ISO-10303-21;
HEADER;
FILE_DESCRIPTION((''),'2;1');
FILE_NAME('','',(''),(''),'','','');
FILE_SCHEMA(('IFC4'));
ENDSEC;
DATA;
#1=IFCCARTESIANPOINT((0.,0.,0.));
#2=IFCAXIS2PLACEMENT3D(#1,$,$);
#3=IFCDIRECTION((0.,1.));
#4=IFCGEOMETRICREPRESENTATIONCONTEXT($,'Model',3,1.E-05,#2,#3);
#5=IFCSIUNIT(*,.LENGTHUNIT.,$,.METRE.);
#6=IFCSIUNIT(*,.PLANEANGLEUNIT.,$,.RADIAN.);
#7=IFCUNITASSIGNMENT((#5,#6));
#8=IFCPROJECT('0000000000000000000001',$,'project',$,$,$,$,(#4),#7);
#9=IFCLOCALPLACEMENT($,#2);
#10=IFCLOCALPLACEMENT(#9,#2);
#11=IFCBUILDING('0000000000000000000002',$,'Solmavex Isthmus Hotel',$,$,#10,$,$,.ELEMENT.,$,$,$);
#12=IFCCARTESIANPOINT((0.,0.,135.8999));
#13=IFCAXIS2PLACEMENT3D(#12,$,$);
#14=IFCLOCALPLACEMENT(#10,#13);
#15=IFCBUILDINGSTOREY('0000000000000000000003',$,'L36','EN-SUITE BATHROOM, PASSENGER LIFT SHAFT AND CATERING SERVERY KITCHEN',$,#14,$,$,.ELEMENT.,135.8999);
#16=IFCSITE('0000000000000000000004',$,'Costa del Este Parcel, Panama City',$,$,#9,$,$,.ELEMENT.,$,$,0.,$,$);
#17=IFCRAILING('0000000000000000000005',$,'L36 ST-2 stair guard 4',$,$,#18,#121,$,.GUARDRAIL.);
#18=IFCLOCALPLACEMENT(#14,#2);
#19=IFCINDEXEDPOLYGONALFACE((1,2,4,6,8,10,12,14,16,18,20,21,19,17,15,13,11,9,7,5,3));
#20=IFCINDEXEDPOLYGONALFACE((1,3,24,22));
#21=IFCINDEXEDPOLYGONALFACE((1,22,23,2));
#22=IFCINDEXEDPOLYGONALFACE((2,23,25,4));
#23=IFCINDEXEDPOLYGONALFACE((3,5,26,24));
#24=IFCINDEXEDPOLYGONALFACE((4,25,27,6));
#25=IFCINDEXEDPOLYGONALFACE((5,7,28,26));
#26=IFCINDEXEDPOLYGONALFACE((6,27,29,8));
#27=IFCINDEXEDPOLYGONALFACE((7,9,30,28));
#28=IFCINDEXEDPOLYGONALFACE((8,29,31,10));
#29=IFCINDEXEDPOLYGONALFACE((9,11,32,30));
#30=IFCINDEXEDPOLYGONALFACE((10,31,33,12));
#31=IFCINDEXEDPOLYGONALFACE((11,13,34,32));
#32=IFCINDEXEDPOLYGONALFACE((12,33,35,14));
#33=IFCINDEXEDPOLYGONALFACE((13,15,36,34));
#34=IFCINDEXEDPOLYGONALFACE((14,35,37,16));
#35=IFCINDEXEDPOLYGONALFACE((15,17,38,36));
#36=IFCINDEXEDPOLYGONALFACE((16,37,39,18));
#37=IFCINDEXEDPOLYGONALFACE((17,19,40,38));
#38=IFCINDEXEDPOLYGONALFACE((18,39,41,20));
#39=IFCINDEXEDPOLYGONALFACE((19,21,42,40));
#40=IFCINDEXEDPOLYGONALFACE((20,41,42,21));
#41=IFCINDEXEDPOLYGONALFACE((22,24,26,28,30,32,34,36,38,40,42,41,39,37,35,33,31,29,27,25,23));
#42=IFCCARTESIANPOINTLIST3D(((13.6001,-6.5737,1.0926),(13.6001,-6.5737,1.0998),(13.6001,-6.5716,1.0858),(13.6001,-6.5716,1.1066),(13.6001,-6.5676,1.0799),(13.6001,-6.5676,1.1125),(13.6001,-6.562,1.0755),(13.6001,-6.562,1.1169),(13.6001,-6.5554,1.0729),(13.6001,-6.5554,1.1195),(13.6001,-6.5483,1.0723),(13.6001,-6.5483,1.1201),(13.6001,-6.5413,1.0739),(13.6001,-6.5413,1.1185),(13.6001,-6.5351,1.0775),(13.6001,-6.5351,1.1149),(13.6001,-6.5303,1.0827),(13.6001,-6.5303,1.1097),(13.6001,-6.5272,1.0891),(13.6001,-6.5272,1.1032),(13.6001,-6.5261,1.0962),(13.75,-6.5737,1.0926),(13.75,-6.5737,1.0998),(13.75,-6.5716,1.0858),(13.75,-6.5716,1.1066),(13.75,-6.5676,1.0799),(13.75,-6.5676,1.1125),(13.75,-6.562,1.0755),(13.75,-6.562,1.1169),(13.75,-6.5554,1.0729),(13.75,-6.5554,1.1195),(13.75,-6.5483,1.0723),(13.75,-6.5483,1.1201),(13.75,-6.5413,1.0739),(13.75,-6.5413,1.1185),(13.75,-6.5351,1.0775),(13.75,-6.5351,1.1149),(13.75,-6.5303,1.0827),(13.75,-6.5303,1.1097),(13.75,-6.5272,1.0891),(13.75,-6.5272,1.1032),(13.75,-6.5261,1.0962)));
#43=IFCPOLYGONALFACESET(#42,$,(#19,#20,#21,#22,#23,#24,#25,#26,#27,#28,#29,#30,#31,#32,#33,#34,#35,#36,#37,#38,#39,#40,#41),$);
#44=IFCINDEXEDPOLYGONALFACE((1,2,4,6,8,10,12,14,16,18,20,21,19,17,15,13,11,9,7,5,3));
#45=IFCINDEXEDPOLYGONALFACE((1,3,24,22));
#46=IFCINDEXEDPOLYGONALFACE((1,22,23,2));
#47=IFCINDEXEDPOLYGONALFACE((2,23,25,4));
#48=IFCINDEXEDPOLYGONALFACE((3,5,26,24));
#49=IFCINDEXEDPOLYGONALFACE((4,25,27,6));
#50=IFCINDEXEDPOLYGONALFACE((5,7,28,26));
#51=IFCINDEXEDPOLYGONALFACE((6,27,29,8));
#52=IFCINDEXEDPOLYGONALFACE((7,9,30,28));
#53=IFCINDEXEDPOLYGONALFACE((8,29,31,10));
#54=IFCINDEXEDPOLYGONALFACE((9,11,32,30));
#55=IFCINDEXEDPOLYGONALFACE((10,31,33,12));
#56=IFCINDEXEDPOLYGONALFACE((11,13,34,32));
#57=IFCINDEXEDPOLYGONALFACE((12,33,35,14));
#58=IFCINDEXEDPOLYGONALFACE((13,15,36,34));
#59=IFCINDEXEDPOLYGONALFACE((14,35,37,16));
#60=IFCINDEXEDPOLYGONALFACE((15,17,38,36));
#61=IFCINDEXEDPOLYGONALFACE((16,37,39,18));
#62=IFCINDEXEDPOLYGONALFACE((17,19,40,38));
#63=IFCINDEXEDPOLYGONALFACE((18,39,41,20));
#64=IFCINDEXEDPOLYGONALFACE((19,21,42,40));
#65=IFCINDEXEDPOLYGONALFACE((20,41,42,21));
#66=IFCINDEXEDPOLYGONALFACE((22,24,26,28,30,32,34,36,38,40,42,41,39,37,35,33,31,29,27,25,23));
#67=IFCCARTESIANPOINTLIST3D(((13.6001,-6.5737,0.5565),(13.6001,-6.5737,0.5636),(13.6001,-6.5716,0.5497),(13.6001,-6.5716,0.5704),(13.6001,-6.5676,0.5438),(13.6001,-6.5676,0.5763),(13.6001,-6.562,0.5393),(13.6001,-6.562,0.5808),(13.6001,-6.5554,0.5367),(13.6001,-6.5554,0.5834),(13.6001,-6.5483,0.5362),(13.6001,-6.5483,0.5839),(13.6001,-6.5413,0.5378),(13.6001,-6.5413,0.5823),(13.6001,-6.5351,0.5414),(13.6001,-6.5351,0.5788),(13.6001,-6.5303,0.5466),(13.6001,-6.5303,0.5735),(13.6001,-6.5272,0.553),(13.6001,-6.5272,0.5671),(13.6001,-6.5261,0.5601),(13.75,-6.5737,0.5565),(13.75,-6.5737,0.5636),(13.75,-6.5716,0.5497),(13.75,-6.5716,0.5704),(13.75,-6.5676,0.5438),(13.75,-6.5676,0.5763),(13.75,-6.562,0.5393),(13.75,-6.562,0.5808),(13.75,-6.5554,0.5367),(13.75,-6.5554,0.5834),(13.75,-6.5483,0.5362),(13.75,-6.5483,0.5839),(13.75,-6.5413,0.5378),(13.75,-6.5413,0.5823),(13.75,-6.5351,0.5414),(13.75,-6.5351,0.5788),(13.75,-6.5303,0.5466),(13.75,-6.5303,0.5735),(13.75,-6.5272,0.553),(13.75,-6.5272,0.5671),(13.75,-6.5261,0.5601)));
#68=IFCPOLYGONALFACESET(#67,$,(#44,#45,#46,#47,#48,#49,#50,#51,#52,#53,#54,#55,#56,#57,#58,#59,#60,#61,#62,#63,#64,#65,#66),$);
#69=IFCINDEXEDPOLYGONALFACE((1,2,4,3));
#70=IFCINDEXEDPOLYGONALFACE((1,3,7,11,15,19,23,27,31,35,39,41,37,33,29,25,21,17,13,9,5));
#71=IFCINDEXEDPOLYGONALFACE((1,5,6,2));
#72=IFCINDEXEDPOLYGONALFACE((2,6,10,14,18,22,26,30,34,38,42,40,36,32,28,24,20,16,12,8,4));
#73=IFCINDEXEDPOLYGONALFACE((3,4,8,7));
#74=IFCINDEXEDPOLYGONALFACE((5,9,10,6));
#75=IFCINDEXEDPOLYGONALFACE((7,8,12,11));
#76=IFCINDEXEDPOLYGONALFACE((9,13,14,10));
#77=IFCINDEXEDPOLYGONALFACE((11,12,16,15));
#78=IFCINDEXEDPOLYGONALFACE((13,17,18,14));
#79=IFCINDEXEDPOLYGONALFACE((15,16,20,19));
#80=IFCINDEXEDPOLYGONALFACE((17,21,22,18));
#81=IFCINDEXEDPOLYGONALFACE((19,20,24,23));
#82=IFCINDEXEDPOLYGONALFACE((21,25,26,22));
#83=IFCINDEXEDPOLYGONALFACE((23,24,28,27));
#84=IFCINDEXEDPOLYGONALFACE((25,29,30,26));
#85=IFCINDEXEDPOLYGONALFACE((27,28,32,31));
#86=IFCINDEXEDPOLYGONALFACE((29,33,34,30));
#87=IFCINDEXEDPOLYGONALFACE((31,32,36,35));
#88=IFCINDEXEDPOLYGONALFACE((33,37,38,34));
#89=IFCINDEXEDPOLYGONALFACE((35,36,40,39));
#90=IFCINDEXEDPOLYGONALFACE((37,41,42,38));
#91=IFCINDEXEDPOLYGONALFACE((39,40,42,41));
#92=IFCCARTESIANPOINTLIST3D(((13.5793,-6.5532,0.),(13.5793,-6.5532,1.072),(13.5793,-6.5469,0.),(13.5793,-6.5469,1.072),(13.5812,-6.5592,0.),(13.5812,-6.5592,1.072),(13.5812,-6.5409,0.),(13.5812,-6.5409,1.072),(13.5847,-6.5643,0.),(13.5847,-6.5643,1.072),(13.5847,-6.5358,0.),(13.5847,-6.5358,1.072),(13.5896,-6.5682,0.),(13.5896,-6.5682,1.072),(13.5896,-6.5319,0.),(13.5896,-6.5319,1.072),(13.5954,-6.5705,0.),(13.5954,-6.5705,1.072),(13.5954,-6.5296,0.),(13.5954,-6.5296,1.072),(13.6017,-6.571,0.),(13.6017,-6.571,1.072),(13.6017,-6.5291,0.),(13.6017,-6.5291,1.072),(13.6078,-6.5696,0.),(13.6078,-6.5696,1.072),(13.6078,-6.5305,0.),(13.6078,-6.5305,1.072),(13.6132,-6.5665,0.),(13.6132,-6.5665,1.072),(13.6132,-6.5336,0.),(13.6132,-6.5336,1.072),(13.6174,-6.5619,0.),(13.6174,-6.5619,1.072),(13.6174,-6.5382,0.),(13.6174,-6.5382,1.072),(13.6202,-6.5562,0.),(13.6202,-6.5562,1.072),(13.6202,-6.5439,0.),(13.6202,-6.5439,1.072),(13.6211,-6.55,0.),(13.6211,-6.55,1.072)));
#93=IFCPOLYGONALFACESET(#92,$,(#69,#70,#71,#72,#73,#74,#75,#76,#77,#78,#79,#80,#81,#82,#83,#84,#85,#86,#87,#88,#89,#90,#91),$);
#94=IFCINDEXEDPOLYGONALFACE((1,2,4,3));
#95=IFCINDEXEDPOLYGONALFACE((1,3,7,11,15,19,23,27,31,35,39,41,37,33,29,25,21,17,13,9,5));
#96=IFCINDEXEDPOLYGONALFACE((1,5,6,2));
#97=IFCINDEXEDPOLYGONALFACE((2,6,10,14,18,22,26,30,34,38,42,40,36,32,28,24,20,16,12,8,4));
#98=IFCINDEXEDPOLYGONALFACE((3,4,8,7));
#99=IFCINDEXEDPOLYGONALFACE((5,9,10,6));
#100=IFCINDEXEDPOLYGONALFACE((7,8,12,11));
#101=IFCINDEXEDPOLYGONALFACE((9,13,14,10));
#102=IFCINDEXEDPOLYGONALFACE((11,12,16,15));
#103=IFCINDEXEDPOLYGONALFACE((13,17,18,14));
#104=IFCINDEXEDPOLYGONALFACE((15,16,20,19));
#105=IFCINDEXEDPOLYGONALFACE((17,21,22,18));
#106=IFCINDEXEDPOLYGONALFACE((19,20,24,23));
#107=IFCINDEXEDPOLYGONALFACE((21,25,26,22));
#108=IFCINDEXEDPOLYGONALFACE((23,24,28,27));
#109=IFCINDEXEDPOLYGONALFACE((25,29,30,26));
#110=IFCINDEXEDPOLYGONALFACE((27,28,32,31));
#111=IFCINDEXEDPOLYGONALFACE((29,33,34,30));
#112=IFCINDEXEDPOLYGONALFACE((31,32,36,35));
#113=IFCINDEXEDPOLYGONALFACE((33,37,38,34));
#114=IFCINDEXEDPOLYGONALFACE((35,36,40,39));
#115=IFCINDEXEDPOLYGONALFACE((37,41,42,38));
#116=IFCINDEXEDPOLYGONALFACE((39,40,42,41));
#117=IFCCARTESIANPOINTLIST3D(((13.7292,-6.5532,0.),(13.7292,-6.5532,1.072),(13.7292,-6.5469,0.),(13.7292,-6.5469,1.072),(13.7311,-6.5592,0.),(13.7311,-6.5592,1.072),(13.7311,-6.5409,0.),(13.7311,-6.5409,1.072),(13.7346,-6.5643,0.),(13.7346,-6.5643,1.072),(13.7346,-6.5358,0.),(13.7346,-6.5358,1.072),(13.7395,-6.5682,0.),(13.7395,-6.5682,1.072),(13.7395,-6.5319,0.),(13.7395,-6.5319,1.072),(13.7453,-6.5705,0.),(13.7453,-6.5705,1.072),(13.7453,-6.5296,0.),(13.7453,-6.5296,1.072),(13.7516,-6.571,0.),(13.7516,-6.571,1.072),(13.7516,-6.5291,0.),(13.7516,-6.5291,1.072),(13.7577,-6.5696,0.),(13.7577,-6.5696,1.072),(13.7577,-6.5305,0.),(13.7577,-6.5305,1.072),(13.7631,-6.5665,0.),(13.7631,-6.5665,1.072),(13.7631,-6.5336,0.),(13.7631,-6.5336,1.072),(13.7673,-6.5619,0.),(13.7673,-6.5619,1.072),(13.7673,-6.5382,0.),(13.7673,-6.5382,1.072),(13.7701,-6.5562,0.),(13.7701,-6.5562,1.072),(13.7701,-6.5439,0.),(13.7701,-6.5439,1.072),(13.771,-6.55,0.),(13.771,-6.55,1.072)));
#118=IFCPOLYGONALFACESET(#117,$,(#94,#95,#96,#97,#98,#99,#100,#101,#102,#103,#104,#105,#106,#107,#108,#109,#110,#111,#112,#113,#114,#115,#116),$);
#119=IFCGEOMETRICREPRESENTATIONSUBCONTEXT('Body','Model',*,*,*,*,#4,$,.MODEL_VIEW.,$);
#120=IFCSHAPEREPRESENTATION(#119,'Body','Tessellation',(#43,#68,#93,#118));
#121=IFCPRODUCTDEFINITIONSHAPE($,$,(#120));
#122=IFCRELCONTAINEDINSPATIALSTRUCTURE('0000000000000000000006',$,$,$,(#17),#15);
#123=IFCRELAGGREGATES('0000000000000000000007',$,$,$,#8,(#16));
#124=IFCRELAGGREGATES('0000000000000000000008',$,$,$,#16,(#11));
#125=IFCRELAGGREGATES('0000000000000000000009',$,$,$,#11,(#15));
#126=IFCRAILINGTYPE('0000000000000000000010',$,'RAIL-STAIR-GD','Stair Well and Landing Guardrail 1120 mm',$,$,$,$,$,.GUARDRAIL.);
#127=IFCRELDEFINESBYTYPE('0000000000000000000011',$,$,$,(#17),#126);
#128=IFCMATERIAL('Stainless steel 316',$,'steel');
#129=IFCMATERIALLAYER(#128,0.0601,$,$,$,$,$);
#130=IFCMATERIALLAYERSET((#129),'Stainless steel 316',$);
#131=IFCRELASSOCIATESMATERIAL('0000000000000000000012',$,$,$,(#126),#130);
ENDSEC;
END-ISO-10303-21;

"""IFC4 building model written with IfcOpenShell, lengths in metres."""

from ifc_helpers import new_model, si_unit, direction, frame, origin, origin_2d, place, context, subcontext, project, spatial, circle, extrude, material, layer, layer_set, type_object, element, save


model = new_model("IFC4")

# Units and contexts
model_context = context("Model", 3, precision=1e-05, world=origin(), true_north=direction((0.0, 1.0)))
body_context = subcontext(model_context, "Body", "Model", "MODEL_VIEW")
ifc_project = project(units=[si_unit("LENGTHUNIT", "METRE"), si_unit("PLANEANGLEUNIT", "RADIAN")], contexts=[model_context])

# Site, building, storey
site_placement = place(None, origin())
site = spatial("IfcSite", under=ifc_project, at=site_placement, Name="Costa del Este Parcel, Panama City", CompositionType="ELEMENT", RefElevation=0.0)
building_placement = place(site_placement, origin())
building = spatial("IfcBuilding", under=site, at=building_placement, Name="Solmavex Isthmus Hotel", CompositionType="ELEMENT")
storey_placement = place(building_placement, frame((0.0, 0.0, 135.8999)))
storey = spatial("IfcBuildingStorey", under=building, at=storey_placement, Name="L36", Description="EN-SUITE BATHROOM, PASSENGER LIFT SHAFT AND CATERING SERVERY KITCHEN", CompositionType="ELEMENT", Elevation=135.8999)

# Railing
ifc_material_1 = material(Name="Stainless steel 316", Category="steel")
ifc_layer_1 = layer(ifc_material_1, 0.0601)
ifc_layer_set_1 = layer_set([ifc_layer_1], Name="Stainless steel 316")
railing_type_1 = type_object("IfcRailingType", Name="RAIL-STAIR-GD", Description="Stair Well and Landing Guardrail 1120 mm", PredefinedType="GUARDRAIL", material=ifc_layer_set_1)
railing_1_placement = place(storey_placement, frame((13.6001, -6.55, 0.0)))
element("IfcRailing", 1, at=railing_1_placement, inside=storey, type_object=railing_type_1, Name="L36 ST-2 stair guard 4", PredefinedType="GUARDRAIL", context=body_context, shape_type="SweptSolid", body=[
    extrude(circle(Radius=0.0239, at=origin_2d()), frame((0.0, 0.0, 1.0962), z_axis=(1.0, 0.0, 0.0), x_axis=(0.0, 1.0, 0.0)), (0.0, 0.0, 1.0), 0.1499),
    extrude(circle(Radius=0.0239, at=origin_2d()), frame((0.0, 0.0, 0.5601), z_axis=(1.0, 0.0, 0.0), x_axis=(0.0, 1.0, 0.0)), (0.0, 0.0, 1.0), 0.1499),
    extrude(circle(Radius=0.021, at=origin_2d()), origin(), (0.0, 0.0, 1.0), 1.072),
    extrude(circle(Radius=0.021, at=origin_2d()), frame((0.1499, 0.0, 0.0)), (0.0, 0.0, 1.0), 1.072),
])

save(model, "model.ifc")
